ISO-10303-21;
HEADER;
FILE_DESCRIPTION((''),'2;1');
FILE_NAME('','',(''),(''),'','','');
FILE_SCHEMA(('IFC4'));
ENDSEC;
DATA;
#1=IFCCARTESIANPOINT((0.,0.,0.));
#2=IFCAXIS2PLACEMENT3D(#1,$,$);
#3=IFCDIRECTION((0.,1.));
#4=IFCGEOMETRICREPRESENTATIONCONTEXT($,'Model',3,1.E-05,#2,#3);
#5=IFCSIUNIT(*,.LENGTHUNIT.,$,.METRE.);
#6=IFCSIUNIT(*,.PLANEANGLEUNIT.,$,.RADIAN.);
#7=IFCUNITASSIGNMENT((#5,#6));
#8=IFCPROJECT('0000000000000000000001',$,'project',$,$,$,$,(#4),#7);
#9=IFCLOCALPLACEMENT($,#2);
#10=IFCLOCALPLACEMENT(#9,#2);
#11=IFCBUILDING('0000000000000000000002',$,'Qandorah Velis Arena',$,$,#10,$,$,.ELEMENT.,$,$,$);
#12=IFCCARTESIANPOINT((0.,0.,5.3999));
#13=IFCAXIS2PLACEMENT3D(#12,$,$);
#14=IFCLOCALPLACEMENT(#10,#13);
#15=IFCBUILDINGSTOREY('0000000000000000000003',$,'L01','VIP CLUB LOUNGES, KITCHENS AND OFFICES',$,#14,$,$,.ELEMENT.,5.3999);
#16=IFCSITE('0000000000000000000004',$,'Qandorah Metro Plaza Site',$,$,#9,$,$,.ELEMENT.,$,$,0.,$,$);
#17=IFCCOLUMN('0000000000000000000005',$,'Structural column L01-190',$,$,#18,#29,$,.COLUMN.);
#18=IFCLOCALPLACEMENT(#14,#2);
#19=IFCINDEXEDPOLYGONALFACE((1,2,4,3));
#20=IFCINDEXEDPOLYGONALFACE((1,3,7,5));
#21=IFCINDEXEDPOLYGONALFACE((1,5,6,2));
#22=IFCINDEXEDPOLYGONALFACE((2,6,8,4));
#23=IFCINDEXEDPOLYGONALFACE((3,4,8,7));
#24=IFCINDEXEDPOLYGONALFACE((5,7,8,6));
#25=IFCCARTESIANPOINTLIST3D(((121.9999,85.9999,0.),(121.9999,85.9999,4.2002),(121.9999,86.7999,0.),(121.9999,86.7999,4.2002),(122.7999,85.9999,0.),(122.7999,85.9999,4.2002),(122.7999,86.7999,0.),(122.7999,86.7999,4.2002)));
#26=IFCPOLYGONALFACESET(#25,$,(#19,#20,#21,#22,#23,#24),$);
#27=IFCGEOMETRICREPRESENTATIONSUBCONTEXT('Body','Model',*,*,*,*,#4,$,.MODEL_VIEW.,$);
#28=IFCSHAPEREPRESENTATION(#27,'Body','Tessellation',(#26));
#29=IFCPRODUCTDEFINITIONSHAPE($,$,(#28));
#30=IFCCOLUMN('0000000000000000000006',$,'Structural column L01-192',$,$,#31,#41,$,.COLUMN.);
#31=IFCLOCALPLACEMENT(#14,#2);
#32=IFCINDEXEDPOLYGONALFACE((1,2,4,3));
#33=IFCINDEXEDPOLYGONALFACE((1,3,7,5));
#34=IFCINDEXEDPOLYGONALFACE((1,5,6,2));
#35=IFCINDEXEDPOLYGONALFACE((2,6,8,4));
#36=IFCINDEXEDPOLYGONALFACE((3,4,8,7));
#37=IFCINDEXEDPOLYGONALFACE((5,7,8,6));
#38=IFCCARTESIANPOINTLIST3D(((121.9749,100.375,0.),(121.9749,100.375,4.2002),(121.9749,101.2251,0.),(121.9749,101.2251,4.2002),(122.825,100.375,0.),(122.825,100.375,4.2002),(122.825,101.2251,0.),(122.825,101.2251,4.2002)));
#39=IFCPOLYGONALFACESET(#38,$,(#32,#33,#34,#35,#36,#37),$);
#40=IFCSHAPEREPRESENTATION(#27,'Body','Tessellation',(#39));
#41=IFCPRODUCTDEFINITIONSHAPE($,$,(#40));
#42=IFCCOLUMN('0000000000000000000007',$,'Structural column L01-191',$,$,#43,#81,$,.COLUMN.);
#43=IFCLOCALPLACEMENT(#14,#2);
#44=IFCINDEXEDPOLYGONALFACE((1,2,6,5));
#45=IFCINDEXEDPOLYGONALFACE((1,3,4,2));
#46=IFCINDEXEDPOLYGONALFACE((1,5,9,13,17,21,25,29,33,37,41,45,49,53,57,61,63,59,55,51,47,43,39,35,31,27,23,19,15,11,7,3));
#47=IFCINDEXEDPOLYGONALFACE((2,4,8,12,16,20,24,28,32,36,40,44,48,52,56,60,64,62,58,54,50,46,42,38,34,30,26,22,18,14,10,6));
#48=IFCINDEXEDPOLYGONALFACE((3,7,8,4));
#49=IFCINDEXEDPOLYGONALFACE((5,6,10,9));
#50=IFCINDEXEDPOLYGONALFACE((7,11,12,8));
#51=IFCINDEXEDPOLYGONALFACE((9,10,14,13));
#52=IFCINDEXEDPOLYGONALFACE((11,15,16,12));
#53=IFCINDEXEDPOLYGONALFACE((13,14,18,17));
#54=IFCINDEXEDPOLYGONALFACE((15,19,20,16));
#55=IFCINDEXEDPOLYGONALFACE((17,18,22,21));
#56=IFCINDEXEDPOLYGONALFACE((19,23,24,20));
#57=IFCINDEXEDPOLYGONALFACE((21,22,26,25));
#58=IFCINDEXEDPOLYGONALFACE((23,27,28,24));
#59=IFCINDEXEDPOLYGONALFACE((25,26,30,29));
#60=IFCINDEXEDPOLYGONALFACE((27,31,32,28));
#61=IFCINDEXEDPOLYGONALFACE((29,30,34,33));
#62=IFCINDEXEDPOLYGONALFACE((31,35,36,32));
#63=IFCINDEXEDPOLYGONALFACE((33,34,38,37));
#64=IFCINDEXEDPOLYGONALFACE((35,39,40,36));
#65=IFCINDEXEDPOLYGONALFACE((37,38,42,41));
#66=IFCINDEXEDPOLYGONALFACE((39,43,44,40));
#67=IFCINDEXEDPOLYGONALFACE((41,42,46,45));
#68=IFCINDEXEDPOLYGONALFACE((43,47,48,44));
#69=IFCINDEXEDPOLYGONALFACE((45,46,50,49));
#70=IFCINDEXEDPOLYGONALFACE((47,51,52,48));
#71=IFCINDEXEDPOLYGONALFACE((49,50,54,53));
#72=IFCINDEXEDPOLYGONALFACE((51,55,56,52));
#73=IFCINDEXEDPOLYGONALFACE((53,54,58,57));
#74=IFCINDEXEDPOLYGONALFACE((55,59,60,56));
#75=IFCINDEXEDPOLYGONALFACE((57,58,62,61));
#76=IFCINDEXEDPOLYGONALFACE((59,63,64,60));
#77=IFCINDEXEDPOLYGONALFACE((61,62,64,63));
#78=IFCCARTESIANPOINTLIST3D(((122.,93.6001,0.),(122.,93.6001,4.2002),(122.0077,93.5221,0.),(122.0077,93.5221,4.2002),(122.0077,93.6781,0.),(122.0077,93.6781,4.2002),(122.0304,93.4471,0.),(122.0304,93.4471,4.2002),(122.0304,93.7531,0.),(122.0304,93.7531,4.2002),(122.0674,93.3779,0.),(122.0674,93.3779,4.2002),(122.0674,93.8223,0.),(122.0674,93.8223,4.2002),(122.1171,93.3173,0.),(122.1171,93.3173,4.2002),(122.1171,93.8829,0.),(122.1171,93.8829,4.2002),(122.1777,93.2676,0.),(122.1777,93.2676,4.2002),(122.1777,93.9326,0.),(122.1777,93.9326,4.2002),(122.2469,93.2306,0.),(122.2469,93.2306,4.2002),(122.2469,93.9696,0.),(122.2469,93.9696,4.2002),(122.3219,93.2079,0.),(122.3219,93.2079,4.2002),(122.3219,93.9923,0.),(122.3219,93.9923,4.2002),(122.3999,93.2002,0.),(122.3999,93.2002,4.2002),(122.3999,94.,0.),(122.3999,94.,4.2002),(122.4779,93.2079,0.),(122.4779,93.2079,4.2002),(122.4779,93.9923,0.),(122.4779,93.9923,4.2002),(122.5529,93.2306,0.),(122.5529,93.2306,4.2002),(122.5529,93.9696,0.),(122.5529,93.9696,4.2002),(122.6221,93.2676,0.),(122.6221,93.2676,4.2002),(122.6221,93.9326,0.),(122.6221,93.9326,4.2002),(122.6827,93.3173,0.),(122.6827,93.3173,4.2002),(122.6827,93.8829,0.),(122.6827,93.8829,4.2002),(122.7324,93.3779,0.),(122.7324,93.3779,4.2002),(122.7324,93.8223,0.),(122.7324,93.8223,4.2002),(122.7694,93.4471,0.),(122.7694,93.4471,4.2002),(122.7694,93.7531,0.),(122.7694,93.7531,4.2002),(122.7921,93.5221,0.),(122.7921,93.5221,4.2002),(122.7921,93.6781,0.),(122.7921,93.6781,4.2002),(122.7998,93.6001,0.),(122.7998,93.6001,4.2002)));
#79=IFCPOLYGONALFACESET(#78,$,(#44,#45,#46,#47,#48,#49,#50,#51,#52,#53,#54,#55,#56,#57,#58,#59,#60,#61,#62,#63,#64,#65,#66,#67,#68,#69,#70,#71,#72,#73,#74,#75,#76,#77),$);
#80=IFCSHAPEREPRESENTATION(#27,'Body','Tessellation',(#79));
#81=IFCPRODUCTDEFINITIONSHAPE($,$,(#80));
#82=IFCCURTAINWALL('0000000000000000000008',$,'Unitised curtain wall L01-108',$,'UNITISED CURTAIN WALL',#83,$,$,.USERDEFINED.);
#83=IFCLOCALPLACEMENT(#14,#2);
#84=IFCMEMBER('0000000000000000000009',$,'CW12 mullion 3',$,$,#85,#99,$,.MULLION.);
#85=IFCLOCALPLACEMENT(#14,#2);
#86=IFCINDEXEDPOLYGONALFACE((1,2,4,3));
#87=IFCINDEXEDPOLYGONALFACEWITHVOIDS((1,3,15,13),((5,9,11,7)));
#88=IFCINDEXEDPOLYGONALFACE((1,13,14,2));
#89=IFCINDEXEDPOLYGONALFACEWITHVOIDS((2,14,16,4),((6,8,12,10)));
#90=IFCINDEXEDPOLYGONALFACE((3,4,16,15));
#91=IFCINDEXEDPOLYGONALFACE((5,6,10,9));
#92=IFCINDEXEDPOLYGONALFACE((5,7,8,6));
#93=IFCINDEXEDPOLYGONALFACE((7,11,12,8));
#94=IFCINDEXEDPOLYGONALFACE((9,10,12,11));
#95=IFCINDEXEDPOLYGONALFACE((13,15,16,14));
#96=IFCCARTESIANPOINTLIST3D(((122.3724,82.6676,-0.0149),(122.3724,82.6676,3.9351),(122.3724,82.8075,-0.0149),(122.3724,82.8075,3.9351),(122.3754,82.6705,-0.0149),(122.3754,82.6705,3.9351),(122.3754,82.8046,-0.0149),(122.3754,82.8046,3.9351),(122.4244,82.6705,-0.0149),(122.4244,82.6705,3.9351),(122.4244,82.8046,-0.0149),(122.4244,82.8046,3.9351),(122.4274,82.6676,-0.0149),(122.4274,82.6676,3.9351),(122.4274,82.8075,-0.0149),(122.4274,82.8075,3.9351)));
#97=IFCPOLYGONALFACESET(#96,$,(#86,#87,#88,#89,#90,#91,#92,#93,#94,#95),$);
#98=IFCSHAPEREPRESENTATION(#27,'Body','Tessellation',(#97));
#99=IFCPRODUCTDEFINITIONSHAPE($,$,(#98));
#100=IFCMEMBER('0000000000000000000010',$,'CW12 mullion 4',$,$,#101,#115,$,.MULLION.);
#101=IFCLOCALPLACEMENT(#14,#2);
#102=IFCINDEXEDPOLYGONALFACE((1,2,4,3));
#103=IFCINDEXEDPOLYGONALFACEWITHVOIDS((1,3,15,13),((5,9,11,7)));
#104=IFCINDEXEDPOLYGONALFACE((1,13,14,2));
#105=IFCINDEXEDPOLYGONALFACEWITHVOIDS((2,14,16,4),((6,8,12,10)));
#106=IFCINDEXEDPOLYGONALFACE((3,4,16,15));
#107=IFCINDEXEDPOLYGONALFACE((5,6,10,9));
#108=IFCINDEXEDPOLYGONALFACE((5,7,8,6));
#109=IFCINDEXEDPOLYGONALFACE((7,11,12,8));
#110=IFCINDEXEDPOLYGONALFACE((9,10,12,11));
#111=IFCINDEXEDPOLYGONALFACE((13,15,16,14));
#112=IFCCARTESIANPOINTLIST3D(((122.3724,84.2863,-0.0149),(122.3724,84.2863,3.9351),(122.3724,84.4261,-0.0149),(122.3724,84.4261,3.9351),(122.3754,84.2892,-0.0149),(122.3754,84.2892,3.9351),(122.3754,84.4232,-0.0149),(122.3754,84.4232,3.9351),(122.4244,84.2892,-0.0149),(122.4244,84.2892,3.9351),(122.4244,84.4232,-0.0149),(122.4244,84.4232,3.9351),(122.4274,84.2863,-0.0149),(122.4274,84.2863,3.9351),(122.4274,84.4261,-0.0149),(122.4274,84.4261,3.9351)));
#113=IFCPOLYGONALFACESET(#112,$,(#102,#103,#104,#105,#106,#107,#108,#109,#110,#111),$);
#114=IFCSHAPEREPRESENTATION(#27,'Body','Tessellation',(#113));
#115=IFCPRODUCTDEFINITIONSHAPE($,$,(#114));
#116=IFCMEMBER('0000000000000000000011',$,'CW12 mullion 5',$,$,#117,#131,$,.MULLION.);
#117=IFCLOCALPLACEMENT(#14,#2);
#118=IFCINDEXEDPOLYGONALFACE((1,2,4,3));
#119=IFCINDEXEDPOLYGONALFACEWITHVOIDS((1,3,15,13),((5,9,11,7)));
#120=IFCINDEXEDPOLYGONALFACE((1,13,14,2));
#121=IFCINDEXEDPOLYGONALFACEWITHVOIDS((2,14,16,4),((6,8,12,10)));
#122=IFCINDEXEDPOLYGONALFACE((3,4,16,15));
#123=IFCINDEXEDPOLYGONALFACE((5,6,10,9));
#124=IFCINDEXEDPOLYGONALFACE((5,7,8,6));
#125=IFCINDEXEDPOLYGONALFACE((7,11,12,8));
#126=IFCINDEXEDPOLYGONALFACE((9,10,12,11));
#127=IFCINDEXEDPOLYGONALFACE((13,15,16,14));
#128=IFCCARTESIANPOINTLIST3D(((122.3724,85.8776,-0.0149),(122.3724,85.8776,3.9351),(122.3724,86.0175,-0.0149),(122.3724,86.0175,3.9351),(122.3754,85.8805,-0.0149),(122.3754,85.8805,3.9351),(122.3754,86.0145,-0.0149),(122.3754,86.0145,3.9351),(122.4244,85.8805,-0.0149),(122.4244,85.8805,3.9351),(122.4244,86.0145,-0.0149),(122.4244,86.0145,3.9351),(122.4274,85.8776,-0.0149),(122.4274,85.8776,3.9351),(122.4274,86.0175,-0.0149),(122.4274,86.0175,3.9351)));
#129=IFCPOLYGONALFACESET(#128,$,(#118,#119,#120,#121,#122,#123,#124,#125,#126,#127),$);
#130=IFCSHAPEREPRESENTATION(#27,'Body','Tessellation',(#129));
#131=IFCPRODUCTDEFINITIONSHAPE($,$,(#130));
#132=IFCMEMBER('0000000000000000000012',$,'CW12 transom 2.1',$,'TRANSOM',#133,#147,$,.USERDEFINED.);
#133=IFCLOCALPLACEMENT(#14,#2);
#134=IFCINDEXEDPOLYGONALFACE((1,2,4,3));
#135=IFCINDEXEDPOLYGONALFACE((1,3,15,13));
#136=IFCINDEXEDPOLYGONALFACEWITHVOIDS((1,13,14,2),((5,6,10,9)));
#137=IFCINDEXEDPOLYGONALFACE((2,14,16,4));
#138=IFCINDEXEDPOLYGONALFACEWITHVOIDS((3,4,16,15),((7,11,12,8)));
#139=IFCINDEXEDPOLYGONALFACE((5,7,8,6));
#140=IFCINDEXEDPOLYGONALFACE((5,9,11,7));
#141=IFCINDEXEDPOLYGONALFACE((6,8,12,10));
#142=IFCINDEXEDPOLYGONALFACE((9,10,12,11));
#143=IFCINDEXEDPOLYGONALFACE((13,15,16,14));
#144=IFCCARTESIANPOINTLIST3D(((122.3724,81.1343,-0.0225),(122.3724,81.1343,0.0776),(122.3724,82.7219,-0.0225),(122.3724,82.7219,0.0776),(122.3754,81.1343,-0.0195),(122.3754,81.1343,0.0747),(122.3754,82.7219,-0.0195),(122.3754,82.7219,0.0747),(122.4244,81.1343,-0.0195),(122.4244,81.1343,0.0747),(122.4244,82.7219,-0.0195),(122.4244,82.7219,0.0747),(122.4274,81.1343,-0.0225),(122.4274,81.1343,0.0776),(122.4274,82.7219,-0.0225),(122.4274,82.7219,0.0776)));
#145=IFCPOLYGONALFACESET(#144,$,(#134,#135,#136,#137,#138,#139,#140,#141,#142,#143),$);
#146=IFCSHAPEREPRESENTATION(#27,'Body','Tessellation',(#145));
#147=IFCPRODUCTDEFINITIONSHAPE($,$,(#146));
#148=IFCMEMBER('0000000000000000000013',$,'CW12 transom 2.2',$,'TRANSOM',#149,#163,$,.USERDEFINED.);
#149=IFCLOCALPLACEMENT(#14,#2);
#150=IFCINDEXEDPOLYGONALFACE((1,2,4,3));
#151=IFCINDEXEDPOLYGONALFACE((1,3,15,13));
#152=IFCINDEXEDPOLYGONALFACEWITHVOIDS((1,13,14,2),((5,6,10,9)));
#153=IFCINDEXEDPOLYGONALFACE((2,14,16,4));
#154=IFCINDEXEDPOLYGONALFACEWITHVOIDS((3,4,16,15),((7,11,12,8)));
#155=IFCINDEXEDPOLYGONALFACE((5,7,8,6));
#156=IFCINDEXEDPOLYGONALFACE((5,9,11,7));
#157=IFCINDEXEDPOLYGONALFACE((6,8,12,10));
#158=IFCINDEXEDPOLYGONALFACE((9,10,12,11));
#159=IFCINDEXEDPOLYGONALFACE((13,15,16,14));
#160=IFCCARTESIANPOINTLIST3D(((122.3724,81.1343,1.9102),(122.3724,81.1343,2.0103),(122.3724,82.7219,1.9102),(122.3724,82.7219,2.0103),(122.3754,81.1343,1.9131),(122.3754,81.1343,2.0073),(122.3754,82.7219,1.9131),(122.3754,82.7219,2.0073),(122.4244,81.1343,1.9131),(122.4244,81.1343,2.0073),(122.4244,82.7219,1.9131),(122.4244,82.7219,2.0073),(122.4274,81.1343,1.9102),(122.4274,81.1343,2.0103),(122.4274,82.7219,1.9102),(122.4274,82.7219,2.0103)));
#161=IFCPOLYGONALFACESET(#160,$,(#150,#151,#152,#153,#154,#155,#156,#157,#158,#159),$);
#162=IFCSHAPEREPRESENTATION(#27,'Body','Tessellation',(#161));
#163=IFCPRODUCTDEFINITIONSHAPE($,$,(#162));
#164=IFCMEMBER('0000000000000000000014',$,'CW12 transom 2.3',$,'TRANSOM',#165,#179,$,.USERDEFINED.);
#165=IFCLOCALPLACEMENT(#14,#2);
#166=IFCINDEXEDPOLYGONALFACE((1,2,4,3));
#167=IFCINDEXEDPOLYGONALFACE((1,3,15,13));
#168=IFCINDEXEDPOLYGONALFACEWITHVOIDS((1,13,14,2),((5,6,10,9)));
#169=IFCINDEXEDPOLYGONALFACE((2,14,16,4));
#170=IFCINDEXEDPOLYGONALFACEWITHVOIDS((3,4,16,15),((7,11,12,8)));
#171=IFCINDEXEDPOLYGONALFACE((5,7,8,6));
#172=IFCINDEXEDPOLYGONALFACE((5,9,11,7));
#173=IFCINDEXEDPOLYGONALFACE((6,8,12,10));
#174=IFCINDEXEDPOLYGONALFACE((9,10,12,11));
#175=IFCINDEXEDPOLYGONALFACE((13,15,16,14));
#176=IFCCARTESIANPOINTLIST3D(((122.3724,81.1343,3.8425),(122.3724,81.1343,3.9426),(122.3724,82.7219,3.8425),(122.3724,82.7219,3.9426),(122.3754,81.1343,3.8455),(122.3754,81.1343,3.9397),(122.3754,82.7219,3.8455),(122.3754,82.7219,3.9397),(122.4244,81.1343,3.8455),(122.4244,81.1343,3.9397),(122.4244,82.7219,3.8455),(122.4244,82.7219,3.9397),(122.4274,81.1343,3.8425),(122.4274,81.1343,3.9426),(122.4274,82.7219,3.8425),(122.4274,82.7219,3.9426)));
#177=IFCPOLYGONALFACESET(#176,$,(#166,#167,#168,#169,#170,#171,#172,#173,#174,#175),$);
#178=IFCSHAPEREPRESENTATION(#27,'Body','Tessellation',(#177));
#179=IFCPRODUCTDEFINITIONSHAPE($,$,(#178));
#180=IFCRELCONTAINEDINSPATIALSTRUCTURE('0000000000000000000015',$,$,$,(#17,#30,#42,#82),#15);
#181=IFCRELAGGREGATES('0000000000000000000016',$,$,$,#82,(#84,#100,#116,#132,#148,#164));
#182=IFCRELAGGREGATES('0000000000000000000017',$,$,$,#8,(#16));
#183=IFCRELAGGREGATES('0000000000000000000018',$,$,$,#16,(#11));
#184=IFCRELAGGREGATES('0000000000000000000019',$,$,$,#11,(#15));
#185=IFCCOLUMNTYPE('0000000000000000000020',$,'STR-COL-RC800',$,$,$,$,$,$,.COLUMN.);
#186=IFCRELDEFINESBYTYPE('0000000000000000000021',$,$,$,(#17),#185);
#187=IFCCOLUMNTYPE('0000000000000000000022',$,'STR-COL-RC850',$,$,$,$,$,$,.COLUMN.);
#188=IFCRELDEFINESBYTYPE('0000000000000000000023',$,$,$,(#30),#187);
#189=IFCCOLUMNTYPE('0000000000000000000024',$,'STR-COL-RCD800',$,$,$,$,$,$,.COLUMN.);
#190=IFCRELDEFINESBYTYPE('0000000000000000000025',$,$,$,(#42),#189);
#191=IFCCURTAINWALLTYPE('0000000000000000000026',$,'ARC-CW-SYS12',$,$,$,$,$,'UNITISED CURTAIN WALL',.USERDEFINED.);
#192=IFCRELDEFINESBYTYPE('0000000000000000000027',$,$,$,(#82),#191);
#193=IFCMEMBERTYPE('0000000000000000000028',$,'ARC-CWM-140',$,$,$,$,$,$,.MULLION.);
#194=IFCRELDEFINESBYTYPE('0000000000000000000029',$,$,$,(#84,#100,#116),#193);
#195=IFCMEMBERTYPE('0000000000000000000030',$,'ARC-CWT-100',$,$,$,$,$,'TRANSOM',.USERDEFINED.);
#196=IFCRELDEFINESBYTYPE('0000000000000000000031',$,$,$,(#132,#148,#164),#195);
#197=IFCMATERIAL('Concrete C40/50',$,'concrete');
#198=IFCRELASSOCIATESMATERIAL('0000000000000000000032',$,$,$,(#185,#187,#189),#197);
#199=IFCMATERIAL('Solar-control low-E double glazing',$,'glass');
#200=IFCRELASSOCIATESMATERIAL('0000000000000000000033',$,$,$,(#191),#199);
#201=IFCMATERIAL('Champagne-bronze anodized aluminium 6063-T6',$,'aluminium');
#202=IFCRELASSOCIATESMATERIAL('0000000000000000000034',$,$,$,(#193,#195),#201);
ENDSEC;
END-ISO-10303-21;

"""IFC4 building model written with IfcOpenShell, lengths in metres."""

from ifc_helpers import new_model, si_unit, direction, frame, origin, origin_2d, place, context, subcontext, project, spatial, rectangle, hollow_rectangle, circle, extrude, material, material_profile, profile_set, type_object, element, aggregate, save


model = new_model("IFC4")

# Units and contexts
model_context = context("Model", 3, precision=1e-05, world=origin(), true_north=direction((0.0, 1.0)))
body_context = subcontext(model_context, "Body", "Model", "MODEL_VIEW")
ifc_project = project(units=[si_unit("LENGTHUNIT", "METRE"), si_unit("PLANEANGLEUNIT", "RADIAN")], contexts=[model_context])

# Site, building, storey
site_placement = place(None, origin())
site = spatial("IfcSite", under=ifc_project, at=site_placement, Name="Qandorah Metro Plaza Site", CompositionType="ELEMENT", RefElevation=0.0)
building_placement = place(site_placement, origin())
building = spatial("IfcBuilding", under=site, at=building_placement, Name="Qandorah Velis Arena", CompositionType="ELEMENT")
storey_placement = place(building_placement, frame((0.0, 0.0, 5.3999)))
storey = spatial("IfcBuildingStorey", under=building, at=storey_placement, Name="L01", Description="VIP CLUB LOUNGES, KITCHENS AND OFFICES", CompositionType="ELEMENT", Elevation=5.3999)

# Columns
ifc_material_1 = material(Name="Concrete C40/50", Category="concrete")
ifc_material_profile_1 = material_profile(ifc_material_1, rectangle(XDim=0.8, YDim=0.8, at=origin_2d()), Name="RC COL 800x800")
ifc_profile_set_1 = profile_set([ifc_material_profile_1], Name="Concrete C40/50")
column_type_1 = type_object("IfcColumnType", Name="STR-COL-RC800", PredefinedType="COLUMN", material=ifc_profile_set_1)
column_1_placement = place(storey_placement, frame((122.3999, 86.3999, 0.0), z_axis=(0.0, 0.0, 1.0), x_axis=(1.0, 0.0, 0.0)))
element("IfcColumn", 1, at=column_1_placement, inside=storey, type_object=column_type_1, Name="Structural column L01-190", PredefinedType="COLUMN", context=body_context, shape_type="SweptSolid", body=[
    extrude(rectangle(XDim=0.8, YDim=0.8, at=origin_2d()), origin(), (0.0, 0.0, 1.0), 4.2002),
])
ifc_material_profile_2 = material_profile(ifc_material_1, rectangle(XDim=0.8501, YDim=0.8501, at=origin_2d()), Name="RC COL 850x850")
ifc_profile_set_2 = profile_set([ifc_material_profile_2], Name="Concrete C40/50")
column_type_2 = type_object("IfcColumnType", Name="STR-COL-RC850", PredefinedType="COLUMN", material=ifc_profile_set_2)
column_2_placement = place(storey_placement, frame((122.3999, 100.8, 0.0), z_axis=(0.0, 0.0, 1.0), x_axis=(1.0, 0.0, 0.0)))
element("IfcColumn", 2, at=column_2_placement, inside=storey, type_object=column_type_2, Name="Structural column L01-192", PredefinedType="COLUMN", context=body_context, shape_type="SweptSolid", body=[
    extrude(rectangle(XDim=0.8501, YDim=0.8501, at=origin_2d()), origin(), (0.0, 0.0, 1.0), 4.2002),
])
ifc_material_profile_3 = material_profile(ifc_material_1, circle(Radius=0.3999, at=origin_2d()), Name="RC D800")
ifc_profile_set_3 = profile_set([ifc_material_profile_3], Name="Concrete C40/50")
column_type_3 = type_object("IfcColumnType", Name="STR-COL-RCD800", PredefinedType="COLUMN", material=ifc_profile_set_3)
column_3_placement = place(storey_placement, frame((122.3999, 93.6001, 0.0), z_axis=(0.0, 0.0, 1.0), x_axis=(1.0, 0.0, 0.0)))
element("IfcColumn", 3, at=column_3_placement, inside=storey, type_object=column_type_3, Name="Structural column L01-191", PredefinedType="COLUMN", context=body_context, shape_type="SweptSolid", body=[
    extrude(circle(Radius=0.3999, at=origin_2d()), origin(), (0.0, 0.0, 1.0), 4.2002),
])

# Curtain wall, members
ifc_material_2 = material(Name="Solar-control low-E double glazing", Category="glass")
curtain_wall_type = type_object("IfcCurtainWallType", Name="ARC-CW-SYS12", ElementType="UNITISED CURTAIN WALL", PredefinedType="USERDEFINED", material=ifc_material_2)
curtain_wall_placement = place(storey_placement, origin())
curtain_wall = element("IfcCurtainWall", 4, at=curtain_wall_placement, inside=storey, type_object=curtain_wall_type, Name="Unitised curtain wall L01-108", ObjectType="UNITISED CURTAIN WALL", PredefinedType="USERDEFINED")
ifc_material_3 = material(Name="Champagne-bronze anodized aluminium 6063-T6", Category="aluminium")
ifc_material_profile_4 = material_profile(ifc_material_3, hollow_rectangle(XDim=0.0549, YDim=0.1399, WallThickness=0.0029, at=origin_2d()), Name="ALU MULLION 55x140")
ifc_profile_set_4 = profile_set([ifc_material_profile_4], Name="Champagne-bronze anodized aluminium 6063-T6")
member_type_1 = type_object("IfcMemberType", Name="ARC-CWM-140", PredefinedType="MULLION", material=ifc_profile_set_4)
member_1_placement = place(storey_placement, frame((122.3999, 82.7375, -0.0149), z_axis=(0.0, 0.0, 1.0), x_axis=(-1.0, 0.0, 0.0)))
member_1 = element("IfcMember", 5, at=member_1_placement, type_object=member_type_1, Name="CW12 mullion 3", PredefinedType="MULLION", context=body_context, shape_type="SweptSolid", body=[
    extrude(hollow_rectangle(XDim=0.0549, YDim=0.1399, WallThickness=0.0029, at=origin_2d()), origin(), (0.0, 0.0, 1.0), 3.95),
])
member_2_placement = place(storey_placement, frame((122.3999, 84.3562, -0.0149), z_axis=(0.0, 0.0, 1.0), x_axis=(-1.0, 0.0, 0.0)))
member_2 = element("IfcMember", 6, at=member_2_placement, type_object=member_type_1, Name="CW12 mullion 4", PredefinedType="MULLION", context=body_context, shape_type="SweptSolid", body=[
    extrude(hollow_rectangle(XDim=0.0549, YDim=0.1399, WallThickness=0.0029, at=origin_2d()), origin(), (0.0, 0.0, 1.0), 3.95),
])
member_3_placement = place(storey_placement, frame((122.3999, 85.9475, -0.0149), z_axis=(0.0, 0.0, 1.0), x_axis=(-1.0, 0.0, 0.0)))
member_3 = element("IfcMember", 7, at=member_3_placement, type_object=member_type_1, Name="CW12 mullion 5", PredefinedType="MULLION", context=body_context, shape_type="SweptSolid", body=[
    extrude(hollow_rectangle(XDim=0.0549, YDim=0.1399, WallThickness=0.0029, at=origin_2d()), origin(), (0.0, 0.0, 1.0), 3.95),
])
ifc_material_profile_5 = material_profile(ifc_material_3, hollow_rectangle(XDim=0.0549, YDim=0.1001, WallThickness=0.0029, at=origin_2d()), Name="ALU TRANSOM 55x100")
ifc_profile_set_5 = profile_set([ifc_material_profile_5], Name="Champagne-bronze anodized aluminium 6063-T6")
member_type_2 = type_object("IfcMemberType", Name="ARC-CWT-100", ElementType="TRANSOM", PredefinedType="USERDEFINED", material=ifc_profile_set_5)
member_4_placement = place(storey_placement, frame((122.3999, 81.1343, 0.0276), z_axis=(0.0, 1.0, 0.0), x_axis=(-1.0, 0.0, 0.0)))
member_4 = element("IfcMember", 8, at=member_4_placement, type_object=member_type_2, Name="CW12 transom 2.1", ObjectType="TRANSOM", PredefinedType="USERDEFINED", context=body_context, shape_type="SweptSolid", body=[
    extrude(hollow_rectangle(XDim=0.0549, YDim=0.1001, WallThickness=0.0029, at=origin_2d()), origin(), (0.0, 0.0, 1.0), 1.5876),
])
member_5_placement = place(storey_placement, frame((122.3999, 81.1343, 1.9602), z_axis=(0.0, 1.0, 0.0), x_axis=(-1.0, 0.0, 0.0)))
member_5 = element("IfcMember", 9, at=member_5_placement, type_object=member_type_2, Name="CW12 transom 2.2", ObjectType="TRANSOM", PredefinedType="USERDEFINED", context=body_context, shape_type="SweptSolid", body=[
    extrude(hollow_rectangle(XDim=0.0549, YDim=0.1001, WallThickness=0.0029, at=origin_2d()), origin(), (0.0, 0.0, 1.0), 1.5876),
])
member_6_placement = place(storey_placement, frame((122.3999, 81.1343, 3.8926), z_axis=(0.0, 1.0, 0.0), x_axis=(-1.0, 0.0, 0.0)))
member_6 = element("IfcMember", 10, at=member_6_placement, type_object=member_type_2, Name="CW12 transom 2.3", ObjectType="TRANSOM", PredefinedType="USERDEFINED", context=body_context, shape_type="SweptSolid", body=[
    extrude(hollow_rectangle(XDim=0.0549, YDim=0.1001, WallThickness=0.0029, at=origin_2d()), origin(), (0.0, 0.0, 1.0), 1.5876),
])

aggregate(curtain_wall, [member_1, member_2, member_3, member_4, member_5, member_6])

save(model, "model.ifc")
